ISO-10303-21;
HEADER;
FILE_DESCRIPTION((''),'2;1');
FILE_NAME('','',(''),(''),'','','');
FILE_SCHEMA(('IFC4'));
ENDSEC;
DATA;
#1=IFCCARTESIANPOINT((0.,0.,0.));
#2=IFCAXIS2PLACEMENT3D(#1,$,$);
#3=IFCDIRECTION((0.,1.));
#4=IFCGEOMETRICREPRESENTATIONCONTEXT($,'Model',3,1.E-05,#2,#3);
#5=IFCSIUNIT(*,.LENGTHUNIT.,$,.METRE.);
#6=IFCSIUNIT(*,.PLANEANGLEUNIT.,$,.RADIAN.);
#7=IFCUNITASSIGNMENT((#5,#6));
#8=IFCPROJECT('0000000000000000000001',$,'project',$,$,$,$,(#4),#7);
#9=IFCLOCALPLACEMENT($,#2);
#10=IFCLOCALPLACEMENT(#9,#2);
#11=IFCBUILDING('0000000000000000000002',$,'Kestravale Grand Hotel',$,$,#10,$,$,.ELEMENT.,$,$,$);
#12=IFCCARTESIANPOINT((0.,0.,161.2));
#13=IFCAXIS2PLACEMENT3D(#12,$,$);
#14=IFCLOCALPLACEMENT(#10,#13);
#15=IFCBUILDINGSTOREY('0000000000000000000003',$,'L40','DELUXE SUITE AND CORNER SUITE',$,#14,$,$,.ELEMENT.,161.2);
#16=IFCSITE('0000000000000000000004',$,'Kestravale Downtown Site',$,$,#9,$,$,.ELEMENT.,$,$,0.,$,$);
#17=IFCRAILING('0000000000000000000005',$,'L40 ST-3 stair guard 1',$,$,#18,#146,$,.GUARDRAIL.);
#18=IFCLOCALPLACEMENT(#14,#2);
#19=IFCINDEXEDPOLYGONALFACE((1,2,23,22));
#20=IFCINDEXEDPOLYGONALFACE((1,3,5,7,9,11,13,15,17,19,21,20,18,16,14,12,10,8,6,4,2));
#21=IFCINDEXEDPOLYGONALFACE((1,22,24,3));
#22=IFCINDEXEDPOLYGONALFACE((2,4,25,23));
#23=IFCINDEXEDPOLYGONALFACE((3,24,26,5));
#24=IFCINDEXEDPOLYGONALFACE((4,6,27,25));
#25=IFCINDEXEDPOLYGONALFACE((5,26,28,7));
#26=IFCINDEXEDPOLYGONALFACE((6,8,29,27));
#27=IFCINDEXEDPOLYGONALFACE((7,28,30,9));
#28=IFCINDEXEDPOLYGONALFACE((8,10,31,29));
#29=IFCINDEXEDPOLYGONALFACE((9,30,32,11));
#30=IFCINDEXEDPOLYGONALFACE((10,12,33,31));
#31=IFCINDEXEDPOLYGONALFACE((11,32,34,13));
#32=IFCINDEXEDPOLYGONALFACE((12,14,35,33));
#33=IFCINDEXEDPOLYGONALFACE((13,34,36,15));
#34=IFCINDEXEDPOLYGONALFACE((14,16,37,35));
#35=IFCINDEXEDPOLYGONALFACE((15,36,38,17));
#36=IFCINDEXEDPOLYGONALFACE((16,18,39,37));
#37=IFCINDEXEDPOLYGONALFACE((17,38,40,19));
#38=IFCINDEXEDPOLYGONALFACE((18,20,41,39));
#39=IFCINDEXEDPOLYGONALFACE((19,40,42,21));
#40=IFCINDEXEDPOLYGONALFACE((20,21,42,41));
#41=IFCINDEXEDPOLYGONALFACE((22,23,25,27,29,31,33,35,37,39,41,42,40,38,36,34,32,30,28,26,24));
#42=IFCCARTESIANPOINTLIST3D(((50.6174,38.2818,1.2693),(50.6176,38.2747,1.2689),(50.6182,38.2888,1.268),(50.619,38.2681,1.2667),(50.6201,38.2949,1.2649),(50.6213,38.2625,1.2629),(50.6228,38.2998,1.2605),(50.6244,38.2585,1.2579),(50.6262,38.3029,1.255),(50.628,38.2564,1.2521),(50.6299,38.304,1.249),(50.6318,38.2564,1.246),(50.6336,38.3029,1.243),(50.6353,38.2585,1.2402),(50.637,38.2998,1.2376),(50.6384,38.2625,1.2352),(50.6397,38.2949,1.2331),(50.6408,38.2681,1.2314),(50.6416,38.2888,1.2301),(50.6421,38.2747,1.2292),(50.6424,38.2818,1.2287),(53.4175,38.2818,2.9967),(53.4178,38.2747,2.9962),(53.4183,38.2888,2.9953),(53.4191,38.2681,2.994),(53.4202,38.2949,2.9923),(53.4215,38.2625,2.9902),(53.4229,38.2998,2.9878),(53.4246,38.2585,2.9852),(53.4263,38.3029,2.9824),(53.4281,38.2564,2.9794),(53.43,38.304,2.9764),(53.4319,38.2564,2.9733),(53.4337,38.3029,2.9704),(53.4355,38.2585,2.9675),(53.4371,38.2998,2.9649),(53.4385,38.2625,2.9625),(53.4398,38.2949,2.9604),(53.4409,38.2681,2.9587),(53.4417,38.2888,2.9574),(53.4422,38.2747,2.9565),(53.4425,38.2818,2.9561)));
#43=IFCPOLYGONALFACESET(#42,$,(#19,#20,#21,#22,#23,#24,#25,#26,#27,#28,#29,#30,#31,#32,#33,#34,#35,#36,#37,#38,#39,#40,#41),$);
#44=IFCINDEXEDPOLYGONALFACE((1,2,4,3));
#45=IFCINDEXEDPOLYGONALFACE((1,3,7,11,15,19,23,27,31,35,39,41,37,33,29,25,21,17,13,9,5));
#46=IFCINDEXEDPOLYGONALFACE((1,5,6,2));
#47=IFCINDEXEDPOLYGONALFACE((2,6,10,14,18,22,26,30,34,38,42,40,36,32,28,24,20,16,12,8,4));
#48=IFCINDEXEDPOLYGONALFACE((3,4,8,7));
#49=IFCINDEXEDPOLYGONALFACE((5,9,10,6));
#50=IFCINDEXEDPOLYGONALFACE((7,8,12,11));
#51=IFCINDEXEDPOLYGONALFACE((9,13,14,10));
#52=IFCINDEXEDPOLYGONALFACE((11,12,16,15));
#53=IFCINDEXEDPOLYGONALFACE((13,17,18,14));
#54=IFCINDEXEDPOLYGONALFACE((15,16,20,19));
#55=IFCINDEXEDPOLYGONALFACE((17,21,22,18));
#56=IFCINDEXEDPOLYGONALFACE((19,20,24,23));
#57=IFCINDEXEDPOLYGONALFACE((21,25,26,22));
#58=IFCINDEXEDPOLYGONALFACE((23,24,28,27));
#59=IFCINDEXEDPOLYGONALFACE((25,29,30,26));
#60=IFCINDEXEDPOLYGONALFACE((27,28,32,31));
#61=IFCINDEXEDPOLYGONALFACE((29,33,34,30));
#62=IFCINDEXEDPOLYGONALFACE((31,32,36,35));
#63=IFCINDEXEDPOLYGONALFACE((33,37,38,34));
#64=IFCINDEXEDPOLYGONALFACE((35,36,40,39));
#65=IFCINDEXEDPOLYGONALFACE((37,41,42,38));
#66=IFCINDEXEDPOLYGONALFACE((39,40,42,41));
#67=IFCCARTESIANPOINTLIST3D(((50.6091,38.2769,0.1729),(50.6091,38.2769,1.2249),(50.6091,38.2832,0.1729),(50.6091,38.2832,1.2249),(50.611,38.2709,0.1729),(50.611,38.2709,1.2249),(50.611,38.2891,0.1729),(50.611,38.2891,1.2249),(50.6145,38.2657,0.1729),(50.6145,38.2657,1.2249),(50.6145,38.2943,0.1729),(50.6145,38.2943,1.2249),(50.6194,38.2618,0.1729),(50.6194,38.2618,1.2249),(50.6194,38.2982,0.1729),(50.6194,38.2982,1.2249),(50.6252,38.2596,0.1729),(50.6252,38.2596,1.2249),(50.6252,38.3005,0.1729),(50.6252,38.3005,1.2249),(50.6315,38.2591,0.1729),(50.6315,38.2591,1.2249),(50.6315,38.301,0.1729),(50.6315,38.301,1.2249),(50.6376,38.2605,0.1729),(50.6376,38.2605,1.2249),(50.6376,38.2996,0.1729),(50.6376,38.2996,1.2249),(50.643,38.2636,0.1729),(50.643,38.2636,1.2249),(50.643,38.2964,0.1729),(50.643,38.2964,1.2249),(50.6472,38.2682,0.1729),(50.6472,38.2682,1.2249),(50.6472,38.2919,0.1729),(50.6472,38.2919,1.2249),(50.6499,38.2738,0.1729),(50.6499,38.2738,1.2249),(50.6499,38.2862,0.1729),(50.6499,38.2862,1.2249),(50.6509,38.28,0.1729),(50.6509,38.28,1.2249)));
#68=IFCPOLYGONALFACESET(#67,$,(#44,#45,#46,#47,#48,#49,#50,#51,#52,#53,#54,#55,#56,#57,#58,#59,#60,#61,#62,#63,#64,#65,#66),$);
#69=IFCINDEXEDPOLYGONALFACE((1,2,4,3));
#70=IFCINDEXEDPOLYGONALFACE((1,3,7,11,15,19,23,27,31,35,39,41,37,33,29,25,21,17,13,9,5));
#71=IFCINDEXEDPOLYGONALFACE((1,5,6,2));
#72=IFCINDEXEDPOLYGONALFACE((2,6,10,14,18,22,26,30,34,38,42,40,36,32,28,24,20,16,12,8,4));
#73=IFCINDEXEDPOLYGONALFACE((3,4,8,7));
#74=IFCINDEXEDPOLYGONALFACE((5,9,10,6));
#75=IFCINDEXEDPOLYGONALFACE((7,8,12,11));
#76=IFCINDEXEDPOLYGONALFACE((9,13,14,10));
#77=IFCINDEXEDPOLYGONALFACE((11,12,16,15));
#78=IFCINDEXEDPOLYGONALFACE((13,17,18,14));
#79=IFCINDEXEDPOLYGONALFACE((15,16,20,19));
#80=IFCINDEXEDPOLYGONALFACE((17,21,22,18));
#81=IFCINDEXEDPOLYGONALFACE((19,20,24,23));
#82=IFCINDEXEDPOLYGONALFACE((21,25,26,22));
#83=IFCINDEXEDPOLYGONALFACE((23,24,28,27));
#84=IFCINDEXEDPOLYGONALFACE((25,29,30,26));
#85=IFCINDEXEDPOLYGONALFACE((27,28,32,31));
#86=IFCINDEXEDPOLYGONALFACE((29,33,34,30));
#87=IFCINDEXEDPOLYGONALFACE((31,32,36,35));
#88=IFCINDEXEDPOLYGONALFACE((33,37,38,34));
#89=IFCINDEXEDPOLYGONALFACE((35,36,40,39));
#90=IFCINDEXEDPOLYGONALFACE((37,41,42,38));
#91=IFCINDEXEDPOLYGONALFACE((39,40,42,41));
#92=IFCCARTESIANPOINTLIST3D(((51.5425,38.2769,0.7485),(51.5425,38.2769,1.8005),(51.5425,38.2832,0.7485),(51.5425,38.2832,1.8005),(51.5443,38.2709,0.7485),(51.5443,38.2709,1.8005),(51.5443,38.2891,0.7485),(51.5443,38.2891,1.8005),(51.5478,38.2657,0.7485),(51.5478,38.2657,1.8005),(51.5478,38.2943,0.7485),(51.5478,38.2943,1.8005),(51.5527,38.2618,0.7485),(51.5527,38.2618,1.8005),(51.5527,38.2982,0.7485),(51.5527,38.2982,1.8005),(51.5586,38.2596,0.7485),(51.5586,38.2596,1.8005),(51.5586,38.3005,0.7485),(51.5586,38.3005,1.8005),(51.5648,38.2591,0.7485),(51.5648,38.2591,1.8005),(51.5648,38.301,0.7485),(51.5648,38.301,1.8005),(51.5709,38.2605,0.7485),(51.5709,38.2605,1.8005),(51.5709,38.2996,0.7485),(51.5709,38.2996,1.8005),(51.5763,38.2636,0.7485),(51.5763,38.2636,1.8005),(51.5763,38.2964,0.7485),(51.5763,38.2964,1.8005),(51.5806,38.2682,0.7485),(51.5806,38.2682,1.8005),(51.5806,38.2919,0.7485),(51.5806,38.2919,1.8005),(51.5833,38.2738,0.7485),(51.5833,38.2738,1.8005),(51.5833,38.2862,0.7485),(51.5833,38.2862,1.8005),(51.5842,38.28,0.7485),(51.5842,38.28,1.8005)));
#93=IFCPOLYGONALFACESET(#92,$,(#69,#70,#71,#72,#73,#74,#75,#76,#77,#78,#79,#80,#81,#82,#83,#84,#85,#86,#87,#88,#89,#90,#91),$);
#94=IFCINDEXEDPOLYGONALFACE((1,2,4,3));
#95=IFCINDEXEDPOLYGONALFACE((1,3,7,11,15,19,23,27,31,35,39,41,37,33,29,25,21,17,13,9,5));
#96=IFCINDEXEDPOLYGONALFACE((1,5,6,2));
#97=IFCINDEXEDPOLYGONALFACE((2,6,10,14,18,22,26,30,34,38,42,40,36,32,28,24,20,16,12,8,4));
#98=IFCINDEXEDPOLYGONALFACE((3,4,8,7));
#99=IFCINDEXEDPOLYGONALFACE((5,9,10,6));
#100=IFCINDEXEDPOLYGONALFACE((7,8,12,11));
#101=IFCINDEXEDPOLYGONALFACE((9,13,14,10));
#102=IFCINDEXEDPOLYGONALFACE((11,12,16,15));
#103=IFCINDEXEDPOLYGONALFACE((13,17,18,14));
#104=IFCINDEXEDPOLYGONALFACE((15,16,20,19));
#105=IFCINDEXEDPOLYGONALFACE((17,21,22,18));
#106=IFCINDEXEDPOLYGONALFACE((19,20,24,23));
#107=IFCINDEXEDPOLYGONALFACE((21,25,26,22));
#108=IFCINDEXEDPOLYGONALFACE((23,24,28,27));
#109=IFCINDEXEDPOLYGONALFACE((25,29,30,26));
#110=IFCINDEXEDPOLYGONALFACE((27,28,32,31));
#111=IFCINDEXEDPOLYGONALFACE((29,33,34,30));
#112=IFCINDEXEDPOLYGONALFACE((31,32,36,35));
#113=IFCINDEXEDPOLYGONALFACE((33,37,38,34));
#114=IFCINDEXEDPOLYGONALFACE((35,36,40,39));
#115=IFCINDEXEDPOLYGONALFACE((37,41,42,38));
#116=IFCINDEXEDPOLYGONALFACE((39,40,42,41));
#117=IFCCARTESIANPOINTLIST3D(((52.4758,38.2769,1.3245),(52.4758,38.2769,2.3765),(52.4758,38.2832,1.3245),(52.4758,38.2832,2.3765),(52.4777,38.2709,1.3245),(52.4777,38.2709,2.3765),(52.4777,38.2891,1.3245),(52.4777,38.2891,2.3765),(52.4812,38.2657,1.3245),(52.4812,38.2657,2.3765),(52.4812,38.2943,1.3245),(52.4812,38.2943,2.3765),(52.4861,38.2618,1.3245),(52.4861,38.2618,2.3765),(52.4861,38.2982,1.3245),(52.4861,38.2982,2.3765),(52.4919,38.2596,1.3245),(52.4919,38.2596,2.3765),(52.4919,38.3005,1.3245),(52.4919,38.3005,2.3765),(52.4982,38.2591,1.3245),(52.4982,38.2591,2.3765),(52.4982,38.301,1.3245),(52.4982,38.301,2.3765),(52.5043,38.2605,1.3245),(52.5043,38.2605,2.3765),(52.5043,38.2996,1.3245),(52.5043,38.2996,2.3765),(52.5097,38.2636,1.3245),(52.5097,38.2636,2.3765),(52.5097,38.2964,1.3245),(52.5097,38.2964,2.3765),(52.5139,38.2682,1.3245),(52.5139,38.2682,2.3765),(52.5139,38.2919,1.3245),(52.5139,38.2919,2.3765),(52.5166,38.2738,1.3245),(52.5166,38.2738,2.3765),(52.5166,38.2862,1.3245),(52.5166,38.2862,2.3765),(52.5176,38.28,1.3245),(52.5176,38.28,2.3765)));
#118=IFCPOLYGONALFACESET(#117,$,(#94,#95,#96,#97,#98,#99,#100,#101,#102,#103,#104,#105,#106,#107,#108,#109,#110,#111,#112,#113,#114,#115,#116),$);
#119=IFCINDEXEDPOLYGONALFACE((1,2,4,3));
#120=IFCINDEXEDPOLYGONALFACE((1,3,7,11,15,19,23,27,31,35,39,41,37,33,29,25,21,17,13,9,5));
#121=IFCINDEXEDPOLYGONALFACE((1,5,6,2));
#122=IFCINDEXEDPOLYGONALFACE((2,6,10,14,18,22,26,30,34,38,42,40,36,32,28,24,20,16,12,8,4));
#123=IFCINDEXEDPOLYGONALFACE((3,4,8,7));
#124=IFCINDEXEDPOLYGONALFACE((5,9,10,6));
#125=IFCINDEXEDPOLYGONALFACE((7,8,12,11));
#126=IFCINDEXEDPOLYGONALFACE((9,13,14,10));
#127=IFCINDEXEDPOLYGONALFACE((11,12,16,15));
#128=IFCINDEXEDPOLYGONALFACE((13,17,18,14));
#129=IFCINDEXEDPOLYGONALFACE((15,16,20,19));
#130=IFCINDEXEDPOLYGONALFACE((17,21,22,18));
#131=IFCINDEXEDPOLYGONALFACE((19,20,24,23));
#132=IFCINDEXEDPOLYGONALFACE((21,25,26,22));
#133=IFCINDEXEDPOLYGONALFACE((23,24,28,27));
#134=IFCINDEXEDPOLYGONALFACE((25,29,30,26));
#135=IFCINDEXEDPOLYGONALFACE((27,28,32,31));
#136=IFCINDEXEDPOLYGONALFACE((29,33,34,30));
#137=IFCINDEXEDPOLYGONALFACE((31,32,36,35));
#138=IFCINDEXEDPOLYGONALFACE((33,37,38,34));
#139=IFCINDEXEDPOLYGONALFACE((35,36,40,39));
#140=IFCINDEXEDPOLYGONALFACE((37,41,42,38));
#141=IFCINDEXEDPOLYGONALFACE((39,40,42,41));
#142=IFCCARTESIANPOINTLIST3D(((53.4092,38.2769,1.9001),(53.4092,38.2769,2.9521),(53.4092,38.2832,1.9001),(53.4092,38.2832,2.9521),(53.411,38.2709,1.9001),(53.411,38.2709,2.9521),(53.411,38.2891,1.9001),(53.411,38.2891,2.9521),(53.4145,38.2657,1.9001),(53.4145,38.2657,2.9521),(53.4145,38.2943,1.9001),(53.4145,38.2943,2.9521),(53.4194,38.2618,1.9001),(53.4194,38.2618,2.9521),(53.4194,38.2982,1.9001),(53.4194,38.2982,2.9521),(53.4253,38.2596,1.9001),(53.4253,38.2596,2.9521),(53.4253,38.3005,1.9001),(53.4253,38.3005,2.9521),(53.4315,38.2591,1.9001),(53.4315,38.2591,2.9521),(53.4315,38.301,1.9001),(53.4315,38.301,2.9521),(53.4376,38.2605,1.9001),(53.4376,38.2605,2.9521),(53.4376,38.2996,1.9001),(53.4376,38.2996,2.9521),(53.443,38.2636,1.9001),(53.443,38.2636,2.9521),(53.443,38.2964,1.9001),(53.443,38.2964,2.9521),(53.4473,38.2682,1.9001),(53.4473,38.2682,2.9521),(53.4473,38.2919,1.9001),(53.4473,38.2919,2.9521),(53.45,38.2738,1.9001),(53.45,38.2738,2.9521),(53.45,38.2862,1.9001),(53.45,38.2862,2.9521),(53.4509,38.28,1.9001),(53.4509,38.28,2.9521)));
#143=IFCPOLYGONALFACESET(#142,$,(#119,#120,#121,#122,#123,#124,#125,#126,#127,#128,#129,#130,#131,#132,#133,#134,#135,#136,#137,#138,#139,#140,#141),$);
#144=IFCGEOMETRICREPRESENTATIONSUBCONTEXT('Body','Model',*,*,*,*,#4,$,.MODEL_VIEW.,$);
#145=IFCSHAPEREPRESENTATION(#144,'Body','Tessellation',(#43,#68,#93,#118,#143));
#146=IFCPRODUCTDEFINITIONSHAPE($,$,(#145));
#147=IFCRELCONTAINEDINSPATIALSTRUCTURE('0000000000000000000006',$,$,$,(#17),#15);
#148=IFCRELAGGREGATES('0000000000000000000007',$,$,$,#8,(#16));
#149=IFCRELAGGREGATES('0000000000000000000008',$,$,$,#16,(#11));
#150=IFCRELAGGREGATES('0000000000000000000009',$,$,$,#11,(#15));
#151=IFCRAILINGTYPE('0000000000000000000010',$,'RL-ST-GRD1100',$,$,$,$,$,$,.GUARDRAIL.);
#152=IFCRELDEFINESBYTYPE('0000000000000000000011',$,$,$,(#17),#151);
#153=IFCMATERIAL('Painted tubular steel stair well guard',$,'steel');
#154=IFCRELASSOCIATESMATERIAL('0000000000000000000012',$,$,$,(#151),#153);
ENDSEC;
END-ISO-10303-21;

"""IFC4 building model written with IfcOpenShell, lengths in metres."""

from ifc_helpers import new_model, si_unit, direction, frame, origin, origin_2d, place, context, subcontext, project, spatial, circle, extrude, material, type_object, element, save


model = new_model("IFC4")

# Units and contexts
model_context = context("Model", 3, precision=1e-05, world=origin(), true_north=direction((0.0, 1.0)))
body_context = subcontext(model_context, "Body", "Model", "MODEL_VIEW")
ifc_project = project(units=[si_unit("LENGTHUNIT", "METRE"), si_unit("PLANEANGLEUNIT", "RADIAN")], contexts=[model_context])

# Site, building, storey
site_placement = place(None, origin())
site = spatial("IfcSite", under=ifc_project, at=site_placement, Name="Kestravale Downtown Site", CompositionType="ELEMENT", RefElevation=0.0)
building_placement = place(site_placement, origin())
building = spatial("IfcBuilding", under=site, at=building_placement, Name="Kestravale Grand Hotel", CompositionType="ELEMENT")
storey_placement = place(building_placement, frame((0.0, 0.0, 161.2)))
storey = spatial("IfcBuildingStorey", under=building, at=storey_placement, Name="L40", Description="DELUXE SUITE AND CORNER SUITE", CompositionType="ELEMENT", Elevation=161.2)

# Railing
ifc_material_1 = material(Name="Painted tubular steel stair well guard", Category="steel")
railing_type_1 = type_object("IfcRailingType", Name="RL-ST-GRD1100", PredefinedType="GUARDRAIL", material=ifc_material_1)
railing_1_placement = place(storey_placement, frame((50.6299, 38.28, 0.1729)))
element("IfcRailing", 1, at=railing_1_placement, inside=storey, type_object=railing_type_1, Name="L40 ST-3 stair guard 1", PredefinedType="GUARDRAIL", context=body_context, shape_type="SweptSolid", body=[
    extrude(circle(Radius=0.0239, at=origin_2d()), frame((0.0, 0.0, 1.0762), z_axis=(0.85109, 0.0, 0.52502), x_axis=(0.0, 1.0, 0.0)), (0.0, 0.0, 1.0), 3.29),
    extrude(circle(Radius=0.021, at=origin_2d()), origin(), (0.0, 0.0, 1.0), 1.052),
    extrude(circle(Radius=0.021, at=origin_2d()), frame((0.9333, 0.0, 0.5757)), (0.0, 0.0, 1.0), 1.052),
    extrude(circle(Radius=0.021, at=origin_2d()), frame((1.8667, 0.0, 1.1516)), (0.0, 0.0, 1.0), 1.052),
    extrude(circle(Radius=0.021, at=origin_2d()), frame((2.8, 0.0, 1.7273)), (0.0, 0.0, 1.0), 1.052),
])

save(model, "model.ifc")
